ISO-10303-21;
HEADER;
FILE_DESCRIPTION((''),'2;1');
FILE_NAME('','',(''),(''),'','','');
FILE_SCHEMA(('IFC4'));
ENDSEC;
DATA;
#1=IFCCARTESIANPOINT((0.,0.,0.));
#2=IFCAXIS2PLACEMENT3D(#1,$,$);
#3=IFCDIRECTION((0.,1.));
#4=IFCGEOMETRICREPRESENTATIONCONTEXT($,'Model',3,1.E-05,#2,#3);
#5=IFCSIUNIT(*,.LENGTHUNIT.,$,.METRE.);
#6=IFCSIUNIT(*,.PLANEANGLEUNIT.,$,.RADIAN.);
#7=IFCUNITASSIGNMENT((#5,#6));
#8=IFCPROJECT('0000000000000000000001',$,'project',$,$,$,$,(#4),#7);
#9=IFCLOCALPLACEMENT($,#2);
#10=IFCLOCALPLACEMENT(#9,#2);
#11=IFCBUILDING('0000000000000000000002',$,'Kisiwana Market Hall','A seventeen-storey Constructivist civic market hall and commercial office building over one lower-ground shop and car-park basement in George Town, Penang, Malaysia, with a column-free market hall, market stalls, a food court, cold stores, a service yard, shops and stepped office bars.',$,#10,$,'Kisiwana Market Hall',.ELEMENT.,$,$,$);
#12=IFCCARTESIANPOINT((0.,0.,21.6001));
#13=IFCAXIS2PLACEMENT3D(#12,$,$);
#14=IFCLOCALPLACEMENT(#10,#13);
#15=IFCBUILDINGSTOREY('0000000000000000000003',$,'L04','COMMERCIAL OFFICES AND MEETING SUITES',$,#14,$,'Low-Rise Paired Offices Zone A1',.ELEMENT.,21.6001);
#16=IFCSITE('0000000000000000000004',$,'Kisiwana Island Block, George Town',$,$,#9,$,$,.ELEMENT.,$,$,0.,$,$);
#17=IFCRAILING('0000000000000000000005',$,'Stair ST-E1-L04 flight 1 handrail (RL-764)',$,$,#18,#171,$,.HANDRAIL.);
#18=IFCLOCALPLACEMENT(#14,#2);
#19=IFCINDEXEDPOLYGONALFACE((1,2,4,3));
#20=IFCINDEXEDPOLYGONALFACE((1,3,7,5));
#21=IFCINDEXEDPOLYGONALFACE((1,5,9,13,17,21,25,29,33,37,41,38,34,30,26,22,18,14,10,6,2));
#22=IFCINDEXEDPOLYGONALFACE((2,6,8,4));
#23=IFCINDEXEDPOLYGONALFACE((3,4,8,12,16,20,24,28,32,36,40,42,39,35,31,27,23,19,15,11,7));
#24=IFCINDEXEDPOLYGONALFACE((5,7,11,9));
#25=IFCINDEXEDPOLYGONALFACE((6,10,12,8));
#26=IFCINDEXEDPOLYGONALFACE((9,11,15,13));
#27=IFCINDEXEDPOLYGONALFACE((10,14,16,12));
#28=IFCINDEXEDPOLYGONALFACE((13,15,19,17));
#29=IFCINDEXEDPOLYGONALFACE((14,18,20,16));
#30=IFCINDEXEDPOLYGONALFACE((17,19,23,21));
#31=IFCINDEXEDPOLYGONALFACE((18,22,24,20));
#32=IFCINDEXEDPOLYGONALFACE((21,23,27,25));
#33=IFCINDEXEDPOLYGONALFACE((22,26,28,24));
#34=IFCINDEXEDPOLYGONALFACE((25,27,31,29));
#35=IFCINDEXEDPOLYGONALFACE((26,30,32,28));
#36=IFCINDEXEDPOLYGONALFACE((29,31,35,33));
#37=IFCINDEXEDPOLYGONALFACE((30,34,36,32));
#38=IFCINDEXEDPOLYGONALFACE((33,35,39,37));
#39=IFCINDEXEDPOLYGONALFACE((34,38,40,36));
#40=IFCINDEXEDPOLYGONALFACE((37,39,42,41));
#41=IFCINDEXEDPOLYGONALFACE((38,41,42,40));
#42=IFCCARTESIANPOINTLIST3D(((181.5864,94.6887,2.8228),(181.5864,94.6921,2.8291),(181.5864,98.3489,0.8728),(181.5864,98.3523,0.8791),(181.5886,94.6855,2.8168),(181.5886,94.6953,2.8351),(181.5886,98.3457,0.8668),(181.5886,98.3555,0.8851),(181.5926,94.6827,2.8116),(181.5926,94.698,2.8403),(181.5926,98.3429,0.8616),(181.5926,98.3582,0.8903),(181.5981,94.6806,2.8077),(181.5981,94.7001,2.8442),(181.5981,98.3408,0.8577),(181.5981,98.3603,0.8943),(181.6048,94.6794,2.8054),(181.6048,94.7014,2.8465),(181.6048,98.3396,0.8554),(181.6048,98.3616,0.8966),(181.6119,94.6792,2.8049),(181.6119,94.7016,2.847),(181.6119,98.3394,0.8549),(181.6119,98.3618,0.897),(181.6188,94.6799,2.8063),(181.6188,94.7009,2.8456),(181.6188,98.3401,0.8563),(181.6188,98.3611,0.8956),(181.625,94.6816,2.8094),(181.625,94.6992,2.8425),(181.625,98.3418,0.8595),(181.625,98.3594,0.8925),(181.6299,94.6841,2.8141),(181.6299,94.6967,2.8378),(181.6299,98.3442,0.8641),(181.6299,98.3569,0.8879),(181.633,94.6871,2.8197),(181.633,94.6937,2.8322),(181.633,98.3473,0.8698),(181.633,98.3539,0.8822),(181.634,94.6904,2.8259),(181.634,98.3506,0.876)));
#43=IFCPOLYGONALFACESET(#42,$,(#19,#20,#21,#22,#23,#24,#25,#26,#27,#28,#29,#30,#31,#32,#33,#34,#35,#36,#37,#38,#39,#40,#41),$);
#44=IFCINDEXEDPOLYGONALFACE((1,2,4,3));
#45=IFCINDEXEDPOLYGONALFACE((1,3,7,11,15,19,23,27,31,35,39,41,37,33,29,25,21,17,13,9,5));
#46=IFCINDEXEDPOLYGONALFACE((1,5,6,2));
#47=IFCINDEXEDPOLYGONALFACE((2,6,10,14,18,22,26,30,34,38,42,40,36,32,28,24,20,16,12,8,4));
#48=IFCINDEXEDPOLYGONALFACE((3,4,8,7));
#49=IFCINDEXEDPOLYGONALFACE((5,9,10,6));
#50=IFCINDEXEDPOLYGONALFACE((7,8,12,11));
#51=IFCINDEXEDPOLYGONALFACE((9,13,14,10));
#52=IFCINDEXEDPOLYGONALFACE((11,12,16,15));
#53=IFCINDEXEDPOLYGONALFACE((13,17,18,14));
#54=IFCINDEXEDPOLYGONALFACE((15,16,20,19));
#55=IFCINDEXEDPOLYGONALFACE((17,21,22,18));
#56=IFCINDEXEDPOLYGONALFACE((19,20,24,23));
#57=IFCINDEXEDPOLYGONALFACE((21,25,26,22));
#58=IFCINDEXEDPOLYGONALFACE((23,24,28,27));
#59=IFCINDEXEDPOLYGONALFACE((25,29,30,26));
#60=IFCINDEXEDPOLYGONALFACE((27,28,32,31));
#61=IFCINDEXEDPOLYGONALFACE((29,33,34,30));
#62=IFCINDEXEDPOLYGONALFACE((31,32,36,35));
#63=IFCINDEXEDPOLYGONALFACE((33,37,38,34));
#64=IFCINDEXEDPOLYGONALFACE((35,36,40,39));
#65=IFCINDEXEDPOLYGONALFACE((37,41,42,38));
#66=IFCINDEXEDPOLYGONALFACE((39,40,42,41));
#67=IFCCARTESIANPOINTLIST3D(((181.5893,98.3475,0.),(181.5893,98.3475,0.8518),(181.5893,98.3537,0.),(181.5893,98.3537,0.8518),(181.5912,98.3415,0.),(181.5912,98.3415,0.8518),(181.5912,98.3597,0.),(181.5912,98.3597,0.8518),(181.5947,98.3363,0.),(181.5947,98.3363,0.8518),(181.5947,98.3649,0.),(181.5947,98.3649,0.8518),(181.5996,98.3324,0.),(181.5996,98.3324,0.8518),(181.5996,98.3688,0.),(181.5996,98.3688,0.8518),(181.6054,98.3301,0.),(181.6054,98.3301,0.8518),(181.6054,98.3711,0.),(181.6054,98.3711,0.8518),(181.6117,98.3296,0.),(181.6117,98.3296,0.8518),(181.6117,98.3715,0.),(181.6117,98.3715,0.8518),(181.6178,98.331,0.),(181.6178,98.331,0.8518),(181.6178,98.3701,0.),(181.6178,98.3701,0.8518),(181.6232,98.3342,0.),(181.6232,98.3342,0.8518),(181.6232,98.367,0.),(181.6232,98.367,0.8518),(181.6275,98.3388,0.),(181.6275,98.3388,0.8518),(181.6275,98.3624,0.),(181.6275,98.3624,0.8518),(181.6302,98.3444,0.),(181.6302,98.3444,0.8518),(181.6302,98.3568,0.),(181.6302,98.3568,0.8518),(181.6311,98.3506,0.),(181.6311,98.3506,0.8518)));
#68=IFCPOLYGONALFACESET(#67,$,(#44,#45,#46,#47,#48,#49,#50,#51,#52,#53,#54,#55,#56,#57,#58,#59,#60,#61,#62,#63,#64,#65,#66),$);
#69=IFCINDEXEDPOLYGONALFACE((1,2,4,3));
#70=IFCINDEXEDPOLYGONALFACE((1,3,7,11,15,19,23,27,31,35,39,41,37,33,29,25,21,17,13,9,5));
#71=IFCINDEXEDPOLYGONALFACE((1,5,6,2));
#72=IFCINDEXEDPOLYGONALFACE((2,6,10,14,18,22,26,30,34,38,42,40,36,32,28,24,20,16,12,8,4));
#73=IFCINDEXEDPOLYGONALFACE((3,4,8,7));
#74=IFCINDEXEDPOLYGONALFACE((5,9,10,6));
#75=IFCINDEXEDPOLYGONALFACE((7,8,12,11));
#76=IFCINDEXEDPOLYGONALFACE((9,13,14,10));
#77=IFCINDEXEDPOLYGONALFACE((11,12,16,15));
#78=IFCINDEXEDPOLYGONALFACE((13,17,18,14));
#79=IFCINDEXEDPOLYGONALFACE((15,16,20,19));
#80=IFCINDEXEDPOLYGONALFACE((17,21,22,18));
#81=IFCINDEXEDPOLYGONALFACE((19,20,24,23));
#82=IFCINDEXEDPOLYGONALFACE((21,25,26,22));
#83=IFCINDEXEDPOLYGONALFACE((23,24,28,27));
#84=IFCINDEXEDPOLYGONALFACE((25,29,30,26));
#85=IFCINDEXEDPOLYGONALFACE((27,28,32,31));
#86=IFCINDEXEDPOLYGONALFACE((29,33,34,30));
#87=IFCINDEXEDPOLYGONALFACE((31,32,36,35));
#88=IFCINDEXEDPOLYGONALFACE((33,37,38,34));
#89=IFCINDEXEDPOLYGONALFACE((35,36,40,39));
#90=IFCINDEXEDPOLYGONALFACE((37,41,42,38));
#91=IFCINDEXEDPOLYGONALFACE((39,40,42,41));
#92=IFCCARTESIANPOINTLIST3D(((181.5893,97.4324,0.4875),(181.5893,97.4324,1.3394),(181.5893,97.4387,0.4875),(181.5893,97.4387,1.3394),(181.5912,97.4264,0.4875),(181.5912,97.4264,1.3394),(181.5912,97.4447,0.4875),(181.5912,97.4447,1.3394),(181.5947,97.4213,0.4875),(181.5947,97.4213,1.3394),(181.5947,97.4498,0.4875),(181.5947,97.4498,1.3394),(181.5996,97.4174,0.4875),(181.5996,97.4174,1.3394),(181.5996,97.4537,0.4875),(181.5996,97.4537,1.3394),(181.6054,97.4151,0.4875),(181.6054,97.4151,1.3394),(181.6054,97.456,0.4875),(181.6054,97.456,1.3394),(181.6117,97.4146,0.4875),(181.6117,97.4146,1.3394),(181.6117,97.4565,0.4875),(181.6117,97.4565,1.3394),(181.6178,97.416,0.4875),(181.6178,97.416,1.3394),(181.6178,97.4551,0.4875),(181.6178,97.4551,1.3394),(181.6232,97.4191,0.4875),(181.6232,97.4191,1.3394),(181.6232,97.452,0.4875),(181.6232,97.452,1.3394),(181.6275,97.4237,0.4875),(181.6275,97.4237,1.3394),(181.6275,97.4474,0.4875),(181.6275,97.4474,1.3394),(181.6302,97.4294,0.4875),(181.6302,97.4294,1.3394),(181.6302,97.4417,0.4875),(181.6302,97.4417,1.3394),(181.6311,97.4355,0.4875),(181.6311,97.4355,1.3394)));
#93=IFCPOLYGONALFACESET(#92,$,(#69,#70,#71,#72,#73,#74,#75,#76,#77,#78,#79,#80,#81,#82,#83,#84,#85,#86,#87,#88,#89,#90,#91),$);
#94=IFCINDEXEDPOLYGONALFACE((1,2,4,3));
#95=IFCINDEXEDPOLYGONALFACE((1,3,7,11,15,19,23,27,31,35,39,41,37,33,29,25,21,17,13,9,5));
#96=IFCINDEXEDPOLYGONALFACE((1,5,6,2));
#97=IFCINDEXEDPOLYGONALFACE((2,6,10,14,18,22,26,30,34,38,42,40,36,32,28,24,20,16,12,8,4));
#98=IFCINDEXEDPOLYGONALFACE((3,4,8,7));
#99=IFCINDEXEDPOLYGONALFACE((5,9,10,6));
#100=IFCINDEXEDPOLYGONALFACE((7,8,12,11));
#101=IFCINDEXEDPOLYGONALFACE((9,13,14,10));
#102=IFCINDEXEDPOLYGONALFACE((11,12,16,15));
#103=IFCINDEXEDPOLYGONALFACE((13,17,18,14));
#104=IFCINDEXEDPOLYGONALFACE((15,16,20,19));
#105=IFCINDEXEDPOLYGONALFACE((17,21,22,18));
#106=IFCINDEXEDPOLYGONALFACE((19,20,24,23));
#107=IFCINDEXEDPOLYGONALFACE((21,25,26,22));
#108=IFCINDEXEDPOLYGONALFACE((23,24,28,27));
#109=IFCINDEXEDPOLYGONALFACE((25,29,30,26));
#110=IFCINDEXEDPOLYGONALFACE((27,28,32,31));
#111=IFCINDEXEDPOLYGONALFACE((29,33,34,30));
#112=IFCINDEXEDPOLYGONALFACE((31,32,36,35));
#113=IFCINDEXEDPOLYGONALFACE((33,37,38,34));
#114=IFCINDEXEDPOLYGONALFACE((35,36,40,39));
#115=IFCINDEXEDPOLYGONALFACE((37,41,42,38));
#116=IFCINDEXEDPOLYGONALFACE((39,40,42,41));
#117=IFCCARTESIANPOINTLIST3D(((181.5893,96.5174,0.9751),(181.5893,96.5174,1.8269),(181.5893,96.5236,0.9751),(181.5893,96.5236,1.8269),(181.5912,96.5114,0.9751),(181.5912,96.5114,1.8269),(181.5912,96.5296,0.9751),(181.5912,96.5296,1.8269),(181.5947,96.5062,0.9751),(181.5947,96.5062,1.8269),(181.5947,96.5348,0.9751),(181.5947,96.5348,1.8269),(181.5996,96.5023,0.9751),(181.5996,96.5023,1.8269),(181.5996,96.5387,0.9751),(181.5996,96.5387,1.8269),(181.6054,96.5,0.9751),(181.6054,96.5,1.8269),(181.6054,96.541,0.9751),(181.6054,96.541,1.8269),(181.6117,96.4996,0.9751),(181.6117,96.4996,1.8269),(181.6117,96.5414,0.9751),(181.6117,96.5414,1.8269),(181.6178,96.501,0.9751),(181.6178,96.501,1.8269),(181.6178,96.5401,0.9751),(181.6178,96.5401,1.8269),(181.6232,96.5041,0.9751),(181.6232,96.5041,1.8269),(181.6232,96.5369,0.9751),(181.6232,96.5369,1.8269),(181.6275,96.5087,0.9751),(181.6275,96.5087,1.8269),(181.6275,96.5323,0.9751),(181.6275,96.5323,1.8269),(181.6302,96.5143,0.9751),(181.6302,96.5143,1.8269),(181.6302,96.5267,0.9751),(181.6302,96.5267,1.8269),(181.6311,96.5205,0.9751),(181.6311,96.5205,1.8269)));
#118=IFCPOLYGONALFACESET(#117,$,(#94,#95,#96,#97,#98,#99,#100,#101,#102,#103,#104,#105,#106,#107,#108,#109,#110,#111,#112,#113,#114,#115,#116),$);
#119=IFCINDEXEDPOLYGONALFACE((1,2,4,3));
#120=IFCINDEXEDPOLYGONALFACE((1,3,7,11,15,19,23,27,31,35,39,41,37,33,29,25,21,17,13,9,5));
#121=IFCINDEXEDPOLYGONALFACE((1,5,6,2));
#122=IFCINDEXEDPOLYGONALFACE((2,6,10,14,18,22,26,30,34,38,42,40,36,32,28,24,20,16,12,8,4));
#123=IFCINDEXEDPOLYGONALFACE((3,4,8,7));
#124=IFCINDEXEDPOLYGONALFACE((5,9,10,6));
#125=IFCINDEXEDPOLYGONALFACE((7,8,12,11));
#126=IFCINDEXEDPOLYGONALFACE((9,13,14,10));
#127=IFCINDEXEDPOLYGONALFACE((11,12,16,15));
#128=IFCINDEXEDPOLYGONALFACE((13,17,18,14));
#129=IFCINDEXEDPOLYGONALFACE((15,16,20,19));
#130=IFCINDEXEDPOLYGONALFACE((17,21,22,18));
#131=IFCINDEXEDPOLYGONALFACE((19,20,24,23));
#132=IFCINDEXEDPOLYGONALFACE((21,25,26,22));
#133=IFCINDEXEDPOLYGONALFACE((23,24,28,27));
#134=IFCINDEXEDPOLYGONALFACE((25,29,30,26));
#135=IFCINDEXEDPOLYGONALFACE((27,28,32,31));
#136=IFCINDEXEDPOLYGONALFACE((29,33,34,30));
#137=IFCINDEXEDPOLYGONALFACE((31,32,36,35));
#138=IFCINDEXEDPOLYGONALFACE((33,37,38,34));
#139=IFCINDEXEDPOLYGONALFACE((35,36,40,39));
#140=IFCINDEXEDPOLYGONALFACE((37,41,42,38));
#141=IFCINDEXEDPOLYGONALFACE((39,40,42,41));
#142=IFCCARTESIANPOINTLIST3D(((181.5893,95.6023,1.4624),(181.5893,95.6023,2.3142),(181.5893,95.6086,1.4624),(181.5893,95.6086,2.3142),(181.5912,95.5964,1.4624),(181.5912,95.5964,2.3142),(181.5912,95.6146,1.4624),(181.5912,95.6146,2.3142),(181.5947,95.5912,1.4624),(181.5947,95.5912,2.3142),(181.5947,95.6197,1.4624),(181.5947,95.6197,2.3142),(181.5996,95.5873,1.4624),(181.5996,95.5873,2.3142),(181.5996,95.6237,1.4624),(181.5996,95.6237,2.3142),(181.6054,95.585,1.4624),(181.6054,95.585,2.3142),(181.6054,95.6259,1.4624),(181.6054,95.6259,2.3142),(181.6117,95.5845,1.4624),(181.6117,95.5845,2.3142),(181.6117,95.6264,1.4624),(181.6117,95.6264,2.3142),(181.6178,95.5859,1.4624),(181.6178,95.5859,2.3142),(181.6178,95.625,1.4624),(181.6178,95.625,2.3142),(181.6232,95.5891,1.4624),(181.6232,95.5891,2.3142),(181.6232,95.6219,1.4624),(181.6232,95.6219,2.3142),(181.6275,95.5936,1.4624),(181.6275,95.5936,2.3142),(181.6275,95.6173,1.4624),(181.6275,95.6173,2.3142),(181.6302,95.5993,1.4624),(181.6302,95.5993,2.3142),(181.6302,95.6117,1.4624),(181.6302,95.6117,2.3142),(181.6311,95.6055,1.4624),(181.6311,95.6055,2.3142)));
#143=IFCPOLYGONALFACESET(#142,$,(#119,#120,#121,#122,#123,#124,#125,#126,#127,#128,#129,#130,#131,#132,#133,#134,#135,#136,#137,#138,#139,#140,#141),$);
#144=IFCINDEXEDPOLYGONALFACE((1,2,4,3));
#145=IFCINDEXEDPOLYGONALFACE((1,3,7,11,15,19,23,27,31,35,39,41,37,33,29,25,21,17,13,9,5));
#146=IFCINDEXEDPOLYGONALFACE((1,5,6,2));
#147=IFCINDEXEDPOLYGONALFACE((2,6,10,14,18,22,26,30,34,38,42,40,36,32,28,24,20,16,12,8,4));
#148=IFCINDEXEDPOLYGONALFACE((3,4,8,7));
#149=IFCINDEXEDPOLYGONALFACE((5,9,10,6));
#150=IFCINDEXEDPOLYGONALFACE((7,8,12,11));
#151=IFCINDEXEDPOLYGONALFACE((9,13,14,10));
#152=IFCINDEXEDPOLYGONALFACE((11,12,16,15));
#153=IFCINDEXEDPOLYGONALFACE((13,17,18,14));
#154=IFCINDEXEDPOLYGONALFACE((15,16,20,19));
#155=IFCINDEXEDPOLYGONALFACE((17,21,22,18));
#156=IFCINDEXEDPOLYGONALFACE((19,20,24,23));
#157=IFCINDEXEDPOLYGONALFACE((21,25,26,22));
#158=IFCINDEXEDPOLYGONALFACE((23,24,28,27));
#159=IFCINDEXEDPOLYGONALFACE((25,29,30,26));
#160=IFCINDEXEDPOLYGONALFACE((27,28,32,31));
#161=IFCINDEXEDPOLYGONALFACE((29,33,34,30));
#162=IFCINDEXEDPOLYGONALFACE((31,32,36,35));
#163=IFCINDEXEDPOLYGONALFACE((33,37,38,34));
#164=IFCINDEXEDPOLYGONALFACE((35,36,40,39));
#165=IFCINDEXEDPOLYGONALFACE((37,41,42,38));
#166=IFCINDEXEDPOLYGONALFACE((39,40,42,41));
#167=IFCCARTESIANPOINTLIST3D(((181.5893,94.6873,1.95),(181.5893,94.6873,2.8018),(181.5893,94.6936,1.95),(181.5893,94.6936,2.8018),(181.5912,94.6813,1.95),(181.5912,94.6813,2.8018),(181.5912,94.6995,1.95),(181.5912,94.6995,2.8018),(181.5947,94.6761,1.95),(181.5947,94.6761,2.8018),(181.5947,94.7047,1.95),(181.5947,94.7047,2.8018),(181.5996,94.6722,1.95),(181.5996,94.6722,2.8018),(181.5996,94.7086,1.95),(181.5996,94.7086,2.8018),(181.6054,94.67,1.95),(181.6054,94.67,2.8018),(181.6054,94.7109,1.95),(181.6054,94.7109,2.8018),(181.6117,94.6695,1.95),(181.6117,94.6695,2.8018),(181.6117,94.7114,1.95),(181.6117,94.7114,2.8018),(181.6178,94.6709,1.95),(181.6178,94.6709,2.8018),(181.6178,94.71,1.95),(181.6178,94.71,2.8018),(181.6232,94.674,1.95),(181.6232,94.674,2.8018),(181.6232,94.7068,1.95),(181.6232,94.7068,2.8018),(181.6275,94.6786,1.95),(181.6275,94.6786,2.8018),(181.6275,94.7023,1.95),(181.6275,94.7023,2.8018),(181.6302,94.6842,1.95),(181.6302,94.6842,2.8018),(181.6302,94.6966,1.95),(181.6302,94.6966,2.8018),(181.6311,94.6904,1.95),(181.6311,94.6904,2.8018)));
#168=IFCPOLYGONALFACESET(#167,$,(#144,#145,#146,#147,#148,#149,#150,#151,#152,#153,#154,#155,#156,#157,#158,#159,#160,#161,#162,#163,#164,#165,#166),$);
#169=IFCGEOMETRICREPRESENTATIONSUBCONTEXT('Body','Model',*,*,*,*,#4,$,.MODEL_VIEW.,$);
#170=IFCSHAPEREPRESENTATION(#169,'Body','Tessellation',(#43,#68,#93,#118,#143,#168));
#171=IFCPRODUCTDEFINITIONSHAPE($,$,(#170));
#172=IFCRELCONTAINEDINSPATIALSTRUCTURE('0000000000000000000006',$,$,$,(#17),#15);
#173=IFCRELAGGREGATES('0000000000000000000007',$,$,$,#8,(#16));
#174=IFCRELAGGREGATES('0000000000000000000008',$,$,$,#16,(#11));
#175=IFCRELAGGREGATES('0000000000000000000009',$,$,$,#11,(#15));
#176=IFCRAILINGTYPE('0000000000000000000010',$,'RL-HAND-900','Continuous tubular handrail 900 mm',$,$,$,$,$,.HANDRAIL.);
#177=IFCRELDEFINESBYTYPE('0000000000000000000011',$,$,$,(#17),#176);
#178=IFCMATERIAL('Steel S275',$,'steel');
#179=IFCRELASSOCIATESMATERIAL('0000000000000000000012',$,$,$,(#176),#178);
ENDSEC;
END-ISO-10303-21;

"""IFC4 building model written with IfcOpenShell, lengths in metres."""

from ifc_helpers import new_model, si_unit, direction, frame, origin, origin_2d, place, context, subcontext, project, spatial, circle, extrude, material, type_object, element, save


model = new_model("IFC4")

# Units and contexts
model_context = context("Model", 3, precision=1e-05, world=origin(), true_north=direction((0.0, 1.0)))
body_context = subcontext(model_context, "Body", "Model", "MODEL_VIEW")
ifc_project = project(units=[si_unit("LENGTHUNIT", "METRE"), si_unit("PLANEANGLEUNIT", "RADIAN")], contexts=[model_context])

# Site, building, storey
site_placement = place(None, origin())
site = spatial("IfcSite", under=ifc_project, at=site_placement, Name="Kisiwana Island Block, George Town", CompositionType="ELEMENT", RefElevation=0.0)
building_placement = place(site_placement, origin())
building = spatial("IfcBuilding", under=site, at=building_placement, Name="Kisiwana Market Hall", Description="A seventeen-storey Constructivist civic market hall and commercial office building over one lower-ground shop and car-park basement in George Town, Penang, Malaysia, with a column-free market hall, market stalls, a food court, cold stores, a service yard, shops and stepped office bars.", LongName="Kisiwana Market Hall", CompositionType="ELEMENT")
storey_placement = place(building_placement, frame((0.0, 0.0, 21.6001)))
storey = spatial("IfcBuildingStorey", under=building, at=storey_placement, Name="L04", Description="COMMERCIAL OFFICES AND MEETING SUITES", LongName="Low-Rise Paired Offices Zone A1", CompositionType="ELEMENT", Elevation=21.6001)

# Railing
ifc_material_1 = material(Name="Steel S275", Category="steel")
railing_type_1 = type_object("IfcRailingType", Name="RL-HAND-900", Description="Continuous tubular handrail 900 mm", PredefinedType="HANDRAIL", material=ifc_material_1)
railing_1_placement = place(storey_placement, frame((181.6101, 98.3506, 0.0)))
element("IfcRailing", 1, at=railing_1_placement, inside=storey, type_object=railing_type_1, Name="Stair ST-E1-L04 flight 1 handrail (RL-764)", PredefinedType="HANDRAIL", context=body_context, shape_type="SweptSolid", body=[
    extrude(circle(Radius=0.0239, at=origin_2d()), frame((0.0, 0.0, 0.876), z_axis=(0.0, -0.882566, 0.470188), x_axis=(1.0, 0.0, 0.0)), (0.0, 0.0, 1.0), 4.1472),
    extrude(circle(Radius=0.021, at=origin_2d()), origin(), (0.0, 0.0, 1.0), 0.8518),
    extrude(circle(Radius=0.021, at=origin_2d()), frame((0.0, -0.915, 0.4875)), (0.0, 0.0, 1.0), 0.8518),
    extrude(circle(Radius=0.021, at=origin_2d()), frame((0.0, -1.8301, 0.9751)), (0.0, 0.0, 1.0), 0.8518),
    extrude(circle(Radius=0.021, at=origin_2d()), frame((0.0, -2.7451, 1.4624)), (0.0, 0.0, 1.0), 0.8518),
    extrude(circle(Radius=0.021, at=origin_2d()), frame((0.0, -3.6602, 1.95)), (0.0, 0.0, 1.0), 0.8518),
])

save(model, "model.ifc")
